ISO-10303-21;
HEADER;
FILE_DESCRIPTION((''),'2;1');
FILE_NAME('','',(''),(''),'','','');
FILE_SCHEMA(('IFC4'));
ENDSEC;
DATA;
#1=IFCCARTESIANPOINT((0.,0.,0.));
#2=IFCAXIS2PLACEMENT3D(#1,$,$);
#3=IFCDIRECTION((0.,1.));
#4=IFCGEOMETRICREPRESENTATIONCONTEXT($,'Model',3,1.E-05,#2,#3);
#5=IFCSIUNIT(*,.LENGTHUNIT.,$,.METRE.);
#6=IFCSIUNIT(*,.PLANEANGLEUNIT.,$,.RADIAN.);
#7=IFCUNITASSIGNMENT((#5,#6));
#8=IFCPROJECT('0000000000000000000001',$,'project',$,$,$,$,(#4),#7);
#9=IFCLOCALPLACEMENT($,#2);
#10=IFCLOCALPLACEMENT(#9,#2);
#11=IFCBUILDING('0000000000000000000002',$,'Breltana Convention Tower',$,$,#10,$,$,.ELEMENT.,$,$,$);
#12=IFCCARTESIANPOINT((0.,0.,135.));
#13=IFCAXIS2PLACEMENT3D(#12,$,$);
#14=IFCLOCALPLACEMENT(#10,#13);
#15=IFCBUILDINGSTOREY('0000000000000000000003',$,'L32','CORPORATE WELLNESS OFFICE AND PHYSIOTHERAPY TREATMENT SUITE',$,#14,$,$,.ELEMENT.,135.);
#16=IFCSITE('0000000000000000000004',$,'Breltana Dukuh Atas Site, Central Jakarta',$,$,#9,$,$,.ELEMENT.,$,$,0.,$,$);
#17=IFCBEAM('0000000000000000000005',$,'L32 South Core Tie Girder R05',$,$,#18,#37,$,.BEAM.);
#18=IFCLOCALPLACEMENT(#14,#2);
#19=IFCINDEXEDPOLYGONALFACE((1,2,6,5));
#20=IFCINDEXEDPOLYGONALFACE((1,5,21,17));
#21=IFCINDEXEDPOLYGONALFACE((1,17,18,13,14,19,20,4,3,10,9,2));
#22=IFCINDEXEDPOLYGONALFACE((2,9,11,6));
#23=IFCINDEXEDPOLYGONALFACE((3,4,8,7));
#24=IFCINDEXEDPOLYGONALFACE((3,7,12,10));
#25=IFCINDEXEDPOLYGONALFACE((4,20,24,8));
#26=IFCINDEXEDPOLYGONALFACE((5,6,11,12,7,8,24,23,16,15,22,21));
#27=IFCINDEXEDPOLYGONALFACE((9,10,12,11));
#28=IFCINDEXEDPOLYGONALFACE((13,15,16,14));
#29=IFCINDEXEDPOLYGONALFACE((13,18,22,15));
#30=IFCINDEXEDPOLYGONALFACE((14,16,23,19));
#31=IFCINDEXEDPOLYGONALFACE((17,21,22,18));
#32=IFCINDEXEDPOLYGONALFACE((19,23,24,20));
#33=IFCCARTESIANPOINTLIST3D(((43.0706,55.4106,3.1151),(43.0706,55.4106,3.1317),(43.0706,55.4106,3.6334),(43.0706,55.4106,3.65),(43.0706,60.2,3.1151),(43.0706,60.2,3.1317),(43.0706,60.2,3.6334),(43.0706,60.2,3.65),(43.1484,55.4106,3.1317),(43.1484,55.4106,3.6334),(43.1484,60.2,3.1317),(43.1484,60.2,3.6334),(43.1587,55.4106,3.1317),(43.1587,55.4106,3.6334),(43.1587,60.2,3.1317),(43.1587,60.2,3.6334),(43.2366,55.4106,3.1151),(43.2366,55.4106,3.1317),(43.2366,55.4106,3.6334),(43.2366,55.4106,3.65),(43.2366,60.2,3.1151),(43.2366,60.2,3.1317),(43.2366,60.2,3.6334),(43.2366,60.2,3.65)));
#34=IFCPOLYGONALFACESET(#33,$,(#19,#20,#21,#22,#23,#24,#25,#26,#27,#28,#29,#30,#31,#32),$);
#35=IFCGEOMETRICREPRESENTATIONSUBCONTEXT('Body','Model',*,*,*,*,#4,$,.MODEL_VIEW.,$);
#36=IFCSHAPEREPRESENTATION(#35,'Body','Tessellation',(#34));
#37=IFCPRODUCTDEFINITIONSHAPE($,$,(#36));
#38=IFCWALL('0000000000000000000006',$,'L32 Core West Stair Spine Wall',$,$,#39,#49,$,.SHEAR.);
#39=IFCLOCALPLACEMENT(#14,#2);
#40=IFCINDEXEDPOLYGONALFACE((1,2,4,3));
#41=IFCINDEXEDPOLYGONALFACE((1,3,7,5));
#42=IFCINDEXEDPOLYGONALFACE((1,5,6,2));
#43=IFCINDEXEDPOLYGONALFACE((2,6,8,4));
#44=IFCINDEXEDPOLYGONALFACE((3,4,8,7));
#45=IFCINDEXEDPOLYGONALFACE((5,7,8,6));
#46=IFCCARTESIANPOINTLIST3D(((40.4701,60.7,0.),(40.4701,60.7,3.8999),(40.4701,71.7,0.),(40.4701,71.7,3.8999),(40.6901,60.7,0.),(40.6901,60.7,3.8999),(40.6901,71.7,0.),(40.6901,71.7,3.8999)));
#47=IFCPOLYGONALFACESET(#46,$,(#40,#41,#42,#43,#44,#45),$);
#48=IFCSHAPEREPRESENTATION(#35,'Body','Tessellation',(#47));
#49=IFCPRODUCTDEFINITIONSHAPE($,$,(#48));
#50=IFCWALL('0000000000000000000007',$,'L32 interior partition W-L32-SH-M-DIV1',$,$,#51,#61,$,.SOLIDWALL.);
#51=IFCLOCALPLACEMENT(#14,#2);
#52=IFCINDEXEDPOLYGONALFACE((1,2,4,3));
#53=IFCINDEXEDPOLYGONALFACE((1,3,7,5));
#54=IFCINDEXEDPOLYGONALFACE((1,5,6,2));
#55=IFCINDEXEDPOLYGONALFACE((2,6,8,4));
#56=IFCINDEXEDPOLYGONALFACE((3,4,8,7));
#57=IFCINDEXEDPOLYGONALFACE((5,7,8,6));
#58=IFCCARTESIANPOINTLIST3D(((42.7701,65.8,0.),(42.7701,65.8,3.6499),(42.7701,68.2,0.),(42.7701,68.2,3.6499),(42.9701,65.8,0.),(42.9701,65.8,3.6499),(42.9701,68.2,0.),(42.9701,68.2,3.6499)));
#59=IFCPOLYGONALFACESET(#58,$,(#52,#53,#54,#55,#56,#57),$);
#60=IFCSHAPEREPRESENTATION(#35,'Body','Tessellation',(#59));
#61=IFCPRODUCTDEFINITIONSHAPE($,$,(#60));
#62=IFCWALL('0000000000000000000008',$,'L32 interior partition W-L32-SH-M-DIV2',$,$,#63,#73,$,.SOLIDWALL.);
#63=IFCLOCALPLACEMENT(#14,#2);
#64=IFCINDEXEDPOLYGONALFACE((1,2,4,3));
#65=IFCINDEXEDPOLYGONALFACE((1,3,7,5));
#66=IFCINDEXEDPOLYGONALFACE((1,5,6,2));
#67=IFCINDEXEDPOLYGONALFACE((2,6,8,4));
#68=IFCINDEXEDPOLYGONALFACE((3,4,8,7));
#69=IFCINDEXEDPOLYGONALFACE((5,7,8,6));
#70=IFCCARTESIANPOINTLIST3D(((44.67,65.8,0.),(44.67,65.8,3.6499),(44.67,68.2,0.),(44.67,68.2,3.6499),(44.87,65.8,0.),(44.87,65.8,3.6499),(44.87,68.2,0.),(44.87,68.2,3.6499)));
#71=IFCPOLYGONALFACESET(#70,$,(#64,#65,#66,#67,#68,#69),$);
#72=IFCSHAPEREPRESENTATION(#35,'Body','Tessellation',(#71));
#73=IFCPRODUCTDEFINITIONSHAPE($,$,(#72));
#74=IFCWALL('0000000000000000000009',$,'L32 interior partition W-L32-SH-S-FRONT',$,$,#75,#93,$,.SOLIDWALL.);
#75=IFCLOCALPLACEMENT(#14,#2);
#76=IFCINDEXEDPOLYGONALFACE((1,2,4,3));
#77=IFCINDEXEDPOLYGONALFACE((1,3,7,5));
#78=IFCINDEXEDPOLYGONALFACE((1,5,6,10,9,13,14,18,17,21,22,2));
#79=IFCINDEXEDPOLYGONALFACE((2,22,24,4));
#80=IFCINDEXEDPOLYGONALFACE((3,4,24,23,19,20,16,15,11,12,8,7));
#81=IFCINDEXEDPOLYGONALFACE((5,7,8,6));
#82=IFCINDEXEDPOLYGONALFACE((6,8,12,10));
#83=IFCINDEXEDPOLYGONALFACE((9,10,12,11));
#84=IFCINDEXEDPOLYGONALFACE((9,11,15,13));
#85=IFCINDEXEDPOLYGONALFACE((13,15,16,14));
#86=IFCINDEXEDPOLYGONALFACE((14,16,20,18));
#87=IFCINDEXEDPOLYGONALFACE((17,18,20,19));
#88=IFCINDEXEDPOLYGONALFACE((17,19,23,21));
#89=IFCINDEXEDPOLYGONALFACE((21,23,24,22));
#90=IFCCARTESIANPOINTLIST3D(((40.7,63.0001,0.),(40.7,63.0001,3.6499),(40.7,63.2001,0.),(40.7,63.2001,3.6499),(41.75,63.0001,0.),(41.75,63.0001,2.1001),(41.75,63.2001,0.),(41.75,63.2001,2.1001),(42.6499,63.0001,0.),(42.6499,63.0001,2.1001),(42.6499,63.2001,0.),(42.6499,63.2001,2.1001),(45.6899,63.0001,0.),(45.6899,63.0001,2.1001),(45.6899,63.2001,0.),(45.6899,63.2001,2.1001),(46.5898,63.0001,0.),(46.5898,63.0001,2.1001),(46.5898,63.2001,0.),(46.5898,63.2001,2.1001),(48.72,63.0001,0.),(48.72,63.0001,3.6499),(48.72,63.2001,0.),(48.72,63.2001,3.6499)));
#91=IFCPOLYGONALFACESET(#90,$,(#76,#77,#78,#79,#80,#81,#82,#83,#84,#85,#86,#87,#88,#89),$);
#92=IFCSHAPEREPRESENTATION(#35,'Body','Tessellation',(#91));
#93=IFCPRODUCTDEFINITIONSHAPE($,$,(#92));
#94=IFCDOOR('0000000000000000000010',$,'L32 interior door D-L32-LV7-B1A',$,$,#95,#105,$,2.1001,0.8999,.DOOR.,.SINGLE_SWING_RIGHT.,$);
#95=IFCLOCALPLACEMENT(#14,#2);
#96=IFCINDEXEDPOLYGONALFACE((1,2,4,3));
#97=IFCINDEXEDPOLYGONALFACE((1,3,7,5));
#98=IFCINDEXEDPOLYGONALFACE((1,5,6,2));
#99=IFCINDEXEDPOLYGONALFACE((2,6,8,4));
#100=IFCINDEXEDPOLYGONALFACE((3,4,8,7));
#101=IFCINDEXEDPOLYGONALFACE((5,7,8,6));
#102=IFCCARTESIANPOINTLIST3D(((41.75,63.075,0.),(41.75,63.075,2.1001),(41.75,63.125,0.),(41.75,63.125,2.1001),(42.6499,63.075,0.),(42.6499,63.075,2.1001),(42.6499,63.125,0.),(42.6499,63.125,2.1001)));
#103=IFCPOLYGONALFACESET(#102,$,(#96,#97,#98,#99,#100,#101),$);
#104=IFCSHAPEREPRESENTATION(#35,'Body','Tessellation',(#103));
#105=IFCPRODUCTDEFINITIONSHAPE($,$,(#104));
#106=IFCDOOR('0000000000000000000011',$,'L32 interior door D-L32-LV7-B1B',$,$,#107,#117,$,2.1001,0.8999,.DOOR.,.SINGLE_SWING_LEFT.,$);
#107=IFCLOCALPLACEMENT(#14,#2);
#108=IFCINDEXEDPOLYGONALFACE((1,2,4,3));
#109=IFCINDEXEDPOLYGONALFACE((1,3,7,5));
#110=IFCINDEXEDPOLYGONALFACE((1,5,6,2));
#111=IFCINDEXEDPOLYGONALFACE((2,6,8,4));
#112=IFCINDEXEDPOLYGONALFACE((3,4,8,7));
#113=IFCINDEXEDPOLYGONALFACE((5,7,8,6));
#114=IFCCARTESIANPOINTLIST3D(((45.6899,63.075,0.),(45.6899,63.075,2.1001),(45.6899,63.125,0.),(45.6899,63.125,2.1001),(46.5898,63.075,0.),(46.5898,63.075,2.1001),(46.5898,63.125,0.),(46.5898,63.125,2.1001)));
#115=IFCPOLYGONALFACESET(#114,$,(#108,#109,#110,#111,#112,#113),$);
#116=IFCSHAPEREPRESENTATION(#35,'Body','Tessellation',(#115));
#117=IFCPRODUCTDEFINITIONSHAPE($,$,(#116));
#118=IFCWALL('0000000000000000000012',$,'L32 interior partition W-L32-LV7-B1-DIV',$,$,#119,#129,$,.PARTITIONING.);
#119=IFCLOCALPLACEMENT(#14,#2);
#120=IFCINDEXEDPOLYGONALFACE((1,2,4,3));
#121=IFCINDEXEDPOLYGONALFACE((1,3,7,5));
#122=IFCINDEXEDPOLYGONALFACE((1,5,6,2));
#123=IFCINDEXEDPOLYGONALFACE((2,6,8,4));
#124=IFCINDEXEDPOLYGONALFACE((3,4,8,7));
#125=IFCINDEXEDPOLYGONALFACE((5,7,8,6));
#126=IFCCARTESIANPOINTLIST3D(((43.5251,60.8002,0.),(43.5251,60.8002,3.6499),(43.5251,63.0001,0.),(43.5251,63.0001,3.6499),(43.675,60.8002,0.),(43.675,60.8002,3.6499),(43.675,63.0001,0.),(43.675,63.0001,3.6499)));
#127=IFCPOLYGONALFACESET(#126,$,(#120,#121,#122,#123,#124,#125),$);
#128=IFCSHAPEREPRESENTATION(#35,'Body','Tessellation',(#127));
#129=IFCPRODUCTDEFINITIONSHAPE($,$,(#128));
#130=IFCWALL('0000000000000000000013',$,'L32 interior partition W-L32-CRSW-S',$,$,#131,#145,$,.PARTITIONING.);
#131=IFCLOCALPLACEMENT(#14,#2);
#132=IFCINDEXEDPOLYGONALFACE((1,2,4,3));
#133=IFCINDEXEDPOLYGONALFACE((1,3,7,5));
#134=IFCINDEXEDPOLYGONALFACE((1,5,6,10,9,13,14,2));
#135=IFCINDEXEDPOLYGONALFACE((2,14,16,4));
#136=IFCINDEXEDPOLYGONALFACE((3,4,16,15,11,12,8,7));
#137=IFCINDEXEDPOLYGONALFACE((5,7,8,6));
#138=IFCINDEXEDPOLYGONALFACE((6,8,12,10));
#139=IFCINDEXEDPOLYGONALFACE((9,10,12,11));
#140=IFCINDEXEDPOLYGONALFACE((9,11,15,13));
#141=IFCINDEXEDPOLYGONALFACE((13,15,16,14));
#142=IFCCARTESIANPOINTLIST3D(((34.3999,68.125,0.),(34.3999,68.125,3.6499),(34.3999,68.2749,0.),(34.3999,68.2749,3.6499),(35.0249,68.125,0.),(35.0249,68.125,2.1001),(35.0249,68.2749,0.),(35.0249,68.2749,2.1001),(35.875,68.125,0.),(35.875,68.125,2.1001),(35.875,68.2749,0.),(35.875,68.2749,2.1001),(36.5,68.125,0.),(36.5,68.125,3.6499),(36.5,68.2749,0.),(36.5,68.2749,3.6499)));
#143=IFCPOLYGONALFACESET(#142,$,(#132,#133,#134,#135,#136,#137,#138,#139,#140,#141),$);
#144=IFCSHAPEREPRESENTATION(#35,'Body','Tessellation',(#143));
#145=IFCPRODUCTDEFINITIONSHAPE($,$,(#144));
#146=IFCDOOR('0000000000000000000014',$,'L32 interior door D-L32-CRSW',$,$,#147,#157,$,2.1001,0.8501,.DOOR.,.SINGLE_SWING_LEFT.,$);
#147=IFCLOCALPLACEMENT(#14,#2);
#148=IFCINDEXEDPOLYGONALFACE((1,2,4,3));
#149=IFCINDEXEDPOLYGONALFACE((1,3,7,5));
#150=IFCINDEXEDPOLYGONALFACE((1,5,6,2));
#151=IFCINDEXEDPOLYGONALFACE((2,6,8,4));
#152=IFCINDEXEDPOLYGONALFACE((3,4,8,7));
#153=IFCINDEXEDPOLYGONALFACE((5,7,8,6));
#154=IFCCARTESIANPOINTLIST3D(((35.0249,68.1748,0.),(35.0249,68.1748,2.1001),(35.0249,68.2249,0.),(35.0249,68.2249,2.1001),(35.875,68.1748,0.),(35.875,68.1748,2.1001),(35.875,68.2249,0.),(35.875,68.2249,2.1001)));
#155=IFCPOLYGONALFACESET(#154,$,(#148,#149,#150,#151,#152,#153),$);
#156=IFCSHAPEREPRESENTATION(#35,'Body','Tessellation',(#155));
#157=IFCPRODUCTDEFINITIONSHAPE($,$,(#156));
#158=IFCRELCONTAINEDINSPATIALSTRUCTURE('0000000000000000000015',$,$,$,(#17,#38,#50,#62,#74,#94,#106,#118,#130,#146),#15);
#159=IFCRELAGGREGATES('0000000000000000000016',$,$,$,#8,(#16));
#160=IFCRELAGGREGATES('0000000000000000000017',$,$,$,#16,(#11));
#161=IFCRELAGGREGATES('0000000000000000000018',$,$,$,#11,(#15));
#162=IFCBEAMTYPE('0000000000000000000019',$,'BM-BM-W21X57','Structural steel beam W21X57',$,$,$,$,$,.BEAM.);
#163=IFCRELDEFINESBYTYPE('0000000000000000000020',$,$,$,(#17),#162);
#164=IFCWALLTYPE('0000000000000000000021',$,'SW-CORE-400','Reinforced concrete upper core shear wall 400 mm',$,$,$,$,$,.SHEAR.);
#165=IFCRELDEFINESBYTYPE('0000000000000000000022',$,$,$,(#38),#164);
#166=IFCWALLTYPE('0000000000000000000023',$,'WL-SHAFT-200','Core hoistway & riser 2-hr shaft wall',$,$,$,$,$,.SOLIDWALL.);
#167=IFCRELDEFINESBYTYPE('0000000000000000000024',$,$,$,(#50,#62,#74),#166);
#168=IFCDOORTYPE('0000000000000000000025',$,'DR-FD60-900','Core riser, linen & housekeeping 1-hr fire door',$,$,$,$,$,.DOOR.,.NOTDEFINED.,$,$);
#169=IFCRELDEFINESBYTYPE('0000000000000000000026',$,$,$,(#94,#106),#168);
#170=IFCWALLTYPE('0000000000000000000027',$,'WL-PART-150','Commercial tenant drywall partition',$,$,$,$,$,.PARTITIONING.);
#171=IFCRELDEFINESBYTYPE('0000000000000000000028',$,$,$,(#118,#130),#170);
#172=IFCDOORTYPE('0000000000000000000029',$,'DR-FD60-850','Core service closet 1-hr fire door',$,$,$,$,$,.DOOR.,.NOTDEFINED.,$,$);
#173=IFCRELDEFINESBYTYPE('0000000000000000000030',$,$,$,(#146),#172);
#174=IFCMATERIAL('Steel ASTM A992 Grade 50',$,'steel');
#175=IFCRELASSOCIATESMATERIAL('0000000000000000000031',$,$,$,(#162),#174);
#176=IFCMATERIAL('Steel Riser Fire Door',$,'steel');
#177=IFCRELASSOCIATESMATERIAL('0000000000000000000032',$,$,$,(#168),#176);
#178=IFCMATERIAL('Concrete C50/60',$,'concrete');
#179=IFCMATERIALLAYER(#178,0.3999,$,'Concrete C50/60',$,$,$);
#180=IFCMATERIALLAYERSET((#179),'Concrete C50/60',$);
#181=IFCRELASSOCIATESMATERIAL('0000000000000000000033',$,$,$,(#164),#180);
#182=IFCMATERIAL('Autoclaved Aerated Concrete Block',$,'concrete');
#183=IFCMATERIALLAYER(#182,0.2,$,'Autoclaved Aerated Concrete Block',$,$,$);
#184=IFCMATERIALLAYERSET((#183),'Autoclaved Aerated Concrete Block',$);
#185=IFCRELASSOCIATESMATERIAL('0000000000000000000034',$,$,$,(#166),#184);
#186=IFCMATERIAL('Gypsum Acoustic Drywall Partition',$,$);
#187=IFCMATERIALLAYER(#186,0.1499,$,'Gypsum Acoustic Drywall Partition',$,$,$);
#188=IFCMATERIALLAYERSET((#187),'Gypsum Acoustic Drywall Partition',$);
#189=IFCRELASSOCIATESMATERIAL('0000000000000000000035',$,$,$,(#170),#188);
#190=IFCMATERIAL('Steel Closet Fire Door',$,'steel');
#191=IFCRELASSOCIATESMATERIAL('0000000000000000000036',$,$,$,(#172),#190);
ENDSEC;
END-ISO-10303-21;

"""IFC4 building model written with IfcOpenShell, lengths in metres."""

from ifc_helpers import new_model, si_unit, direction, frame, frame_2d, origin, origin_2d, place, context, subcontext, project, spatial, rectangle, i_section, extrude, source, transform, mapped, material, layer, layer_set, material_profile, profile_set, type_object, type_shapes, element, fill, save


model = new_model("IFC4")

# Units and contexts
model_context = context("Model", 3, precision=1e-05, world=origin(), true_north=direction((0.0, 1.0)))
body_context = subcontext(model_context, "Body", "Model", "MODEL_VIEW")
ifc_project = project(units=[si_unit("LENGTHUNIT", "METRE"), si_unit("PLANEANGLEUNIT", "RADIAN")], contexts=[model_context])

# Site, building, storey
site_placement = place(None, origin())
site = spatial("IfcSite", under=ifc_project, at=site_placement, Name="Breltana Dukuh Atas Site, Central Jakarta", CompositionType="ELEMENT", RefElevation=0.0)
building_placement = place(site_placement, origin())
building = spatial("IfcBuilding", under=site, at=building_placement, Name="Breltana Convention Tower", CompositionType="ELEMENT")
storey_placement = place(building_placement, frame((0.0, 0.0, 135.0)))
storey = spatial("IfcBuildingStorey", under=building, at=storey_placement, Name="L32", Description="CORPORATE WELLNESS OFFICE AND PHYSIOTHERAPY TREATMENT SUITE", CompositionType="ELEMENT", Elevation=135.0)

# Beam
ifc_material_1 = material(Name="Steel ASTM A992 Grade 50", Category="steel")
ifc_material_profile = material_profile(ifc_material_1, i_section(OverallWidth=0.166, OverallDepth=0.5349, WebThickness=0.0103, FlangeThickness=0.0166, at=origin_2d()), Name="W21X57")
ifc_profile_set = profile_set([ifc_material_profile], Name="Steel ASTM A992 Grade 50")
beam_type = type_object("IfcBeamType", Name="BM-BM-W21X57", Description="Structural steel beam W21X57", PredefinedType="BEAM", material=ifc_profile_set)
shared_shape_1 = source(origin(), body_context, "Body", "SweptSolid", [
    extrude(i_section(OverallWidth=0.166, OverallDepth=0.5349, WebThickness=0.0103, FlangeThickness=0.0166, at=origin_2d()), origin(), (0.0, 0.0, 1.0), 4.7893),
])
beam_placement = place(storey_placement, frame((43.1536, 60.2, 3.3826), z_axis=(0.0, -1.0, 0.0), x_axis=(1.0, 0.0, 0.0)))
element("IfcBeam", 1, at=beam_placement, inside=storey, type_object=beam_type, Name="L32 South Core Tie Girder R05", PredefinedType="BEAM", context=body_context, shape_type="MappedRepresentation", body=[
    mapped(shared_shape_1, transform((0.0, 0.0, 0.0), scale=1.0)),
])

# Shared definitions
ifc_material_2 = material(Name="Steel Riser Fire Door", Category="steel")
door_type_1 = type_object("IfcDoorType", Name="DR-FD60-900", Description="Core riser, linen & housekeeping 1-hr fire door", OperationType="NOTDEFINED", PredefinedType="DOOR", material=ifc_material_2)
shared_shape_2 = source(origin(), body_context, "Body", "SweptSolid", [
    extrude(rectangle(XDim=0.8999, YDim=2.1001, at=frame_2d((0.45, 1.05))), frame((0.0, 0.0249, 0.0), z_axis=(0.0, -1.0, 0.0), x_axis=(1.0, 0.0, 0.0)), (0.0, 0.0, 1.0), 0.05),
])
type_shapes(door_type_1, [shared_shape_2])

# Walls
ifc_material_3 = material(Name="Concrete C50/60", Category="concrete")
ifc_layer_1 = layer(ifc_material_3, 0.3999, Name="Concrete C50/60")
ifc_layer_set_1 = layer_set([ifc_layer_1], Name="Concrete C50/60")
wall_type_1 = type_object("IfcWallType", Name="SW-CORE-400", Description="Reinforced concrete upper core shear wall 400 mm", PredefinedType="SHEAR", material=ifc_layer_set_1)
shared_shape_3 = source(origin(), body_context, "Body", "SweptSolid", [
    extrude(rectangle(XDim=11.0, YDim=0.22, at=frame_2d((5.5, 0.0))), origin(), (0.0, 0.0, 1.0), 3.8999),
])
wall_1_placement = place(storey_placement, frame((40.5801, 60.7, 0.0), z_axis=(0.0, 0.0, 1.0), x_axis=(0.0, 1.0, 0.0)))
element("IfcWall", 2, at=wall_1_placement, inside=storey, type_object=wall_type_1, Name="L32 Core West Stair Spine Wall", PredefinedType="SHEAR", context=body_context, shape_type="MappedRepresentation", body=[
    mapped(shared_shape_3, transform((0.0, 0.0, 0.0), scale=1.0)),
])
ifc_material_4 = material(Name="Autoclaved Aerated Concrete Block", Category="concrete")
ifc_layer_2 = layer(ifc_material_4, 0.2, Name="Autoclaved Aerated Concrete Block")
ifc_layer_set_2 = layer_set([ifc_layer_2], Name="Autoclaved Aerated Concrete Block")
wall_type_2 = type_object("IfcWallType", Name="WL-SHAFT-200", Description="Core hoistway & riser 2-hr shaft wall", PredefinedType="SOLIDWALL", material=ifc_layer_set_2)
shared_shape_4 = source(origin(), body_context, "Body", "SweptSolid", [
    extrude(rectangle(XDim=2.3999, YDim=0.2, at=frame_2d((1.2, 0.0))), origin(), (0.0, 0.0, 1.0), 3.6499),
])
for number, where, z_axis, x_axis, name in (
    (3, (42.8701, 65.8, 0.0), (0.0, 0.0, 1.0), (0.0, 1.0, 0.0), "L32 interior partition W-L32-SH-M-DIV1"),
    (4, (44.77, 65.8, 0.0), (0.0, 0.0, 1.0), (0.0, 1.0, 0.0), "L32 interior partition W-L32-SH-M-DIV2"),
):
    element("IfcWall", number, at=place(storey_placement, frame(where, z_axis=z_axis, x_axis=x_axis)), inside=storey, type_object=wall_type_2, Name=name, PredefinedType="SOLIDWALL", context=body_context, shape_type="MappedRepresentation", body=[
        mapped(shared_shape_4, transform((0.0, 0.0, 0.0), scale=1.0)),
    ])

# Wall, openings, doors
shared_shape_5 = source(origin(), body_context, "Body", "SweptSolid", [
    extrude(rectangle(XDim=8.02, YDim=0.2, at=frame_2d((4.01, 0.0))), origin(), (0.0, 0.0, 1.0), 3.6499),
])
wall_2_placement = place(storey_placement, frame((40.7, 63.1001, 0.0), z_axis=(0.0, 0.0, 1.0), x_axis=(1.0, 0.0, 0.0)))
wall_2 = element("IfcWall", 5, at=wall_2_placement, inside=storey, type_object=wall_type_2, Name="L32 interior partition W-L32-SH-S-FRONT", PredefinedType="SOLIDWALL", context=body_context, shape_type="MappedRepresentation", body=[
    mapped(shared_shape_5, transform((0.0, 0.0, 0.0), scale=1.0)),
])
opening_1_placement = place(wall_2_placement, frame((1.05, 0.0, 0.0)))
opening_1 = element("IfcOpeningElement", 6, at=opening_1_placement, cuts=wall_2, PredefinedType="OPENING", context=body_context, shape_type="SweptSolid", body=[
    extrude(rectangle(XDim=0.8999, YDim=2.1001, at=frame_2d((0.45, 1.05))), frame((0.0, 0.1099, 0.0), z_axis=(0.0, -1.0, 0.0), x_axis=(1.0, 0.0, 0.0)), (0.0, 0.0, 1.0), 0.22),
])
opening_2_placement = place(wall_2_placement, frame((4.99, 0.0, 0.0)))
opening_2 = element("IfcOpeningElement", 7, at=opening_2_placement, cuts=wall_2, PredefinedType="OPENING", context=body_context, shape_type="SweptSolid", body=[
    extrude(rectangle(XDim=0.8999, YDim=2.1001, at=frame_2d((0.45, 1.05))), frame((0.0, 0.1099, 0.0), z_axis=(0.0, -1.0, 0.0), x_axis=(1.0, 0.0, 0.0)), (0.0, 0.0, 1.0), 0.22),
])
door_1_placement = place(opening_1_placement, origin())
door_1 = element("IfcDoor", 8, at=door_1_placement, inside=storey, type_object=door_type_1, Name="L32 interior door D-L32-LV7-B1A", OperationType="SINGLE_SWING_RIGHT", OverallHeight=2.1001, OverallWidth=0.8999, PredefinedType="DOOR", context=body_context, shape_type="MappedRepresentation", body=[
    mapped(shared_shape_2, transform((0.0, 0.0, 0.0), scale=1.0)),
])
fill(opening_1, door_1)
door_2_placement = place(opening_2_placement, origin())
door_2 = element("IfcDoor", 9, at=door_2_placement, inside=storey, type_object=door_type_1, Name="L32 interior door D-L32-LV7-B1B", OperationType="SINGLE_SWING_LEFT", OverallHeight=2.1001, OverallWidth=0.8999, PredefinedType="DOOR", context=body_context, shape_type="MappedRepresentation", body=[
    mapped(shared_shape_2, transform((0.0, 0.0, 0.0), scale=1.0)),
])
fill(opening_2, door_2)

# Wall
ifc_material_5 = material(Name="Gypsum Acoustic Drywall Partition")
ifc_layer_3 = layer(ifc_material_5, 0.1499, Name="Gypsum Acoustic Drywall Partition")
ifc_layer_set_3 = layer_set([ifc_layer_3], Name="Gypsum Acoustic Drywall Partition")
wall_type_3 = type_object("IfcWallType", Name="WL-PART-150", Description="Commercial tenant drywall partition", PredefinedType="PARTITIONING", material=ifc_layer_set_3)
shared_shape_6 = source(origin(), body_context, "Body", "SweptSolid", [
    extrude(rectangle(XDim=2.2, YDim=0.1499, at=frame_2d((1.1001, 0.0))), origin(), (0.0, 0.0, 1.0), 3.6499),
])
wall_3_placement = place(storey_placement, frame((43.6001, 60.8, 0.0), z_axis=(0.0, 0.0, 1.0), x_axis=(0.0, 1.0, 0.0)))
element("IfcWall", 10, at=wall_3_placement, inside=storey, type_object=wall_type_3, Name="L32 interior partition W-L32-LV7-B1-DIV", PredefinedType="PARTITIONING", context=body_context, shape_type="MappedRepresentation", body=[
    mapped(shared_shape_6, transform((0.0, 0.0, 0.0), scale=1.0)),
])

# Wall, opening, door
shared_shape_7 = source(origin(), body_context, "Body", "SweptSolid", [
    extrude(rectangle(XDim=2.1001, YDim=0.1499, at=frame_2d((1.05, 0.0))), origin(), (0.0, 0.0, 1.0), 3.6499),
])
wall_4_placement = place(storey_placement, frame((34.3999, 68.2, 0.0), z_axis=(0.0, 0.0, 1.0), x_axis=(1.0, 0.0, 0.0)))
wall_4 = element("IfcWall", 11, at=wall_4_placement, inside=storey, type_object=wall_type_3, Name="L32 interior partition W-L32-CRSW-S", PredefinedType="PARTITIONING", context=body_context, shape_type="MappedRepresentation", body=[
    mapped(shared_shape_7, transform((0.0, 0.0, 0.0), scale=1.0)),
])
opening_3_placement = place(wall_4_placement, frame((0.625, 0.0, 0.0)))
opening_3 = element("IfcOpeningElement", 12, at=opening_3_placement, cuts=wall_4, PredefinedType="OPENING", context=body_context, shape_type="SweptSolid", body=[
    extrude(rectangle(XDim=0.8501, YDim=2.1001, at=frame_2d((0.425, 1.05))), frame((0.0, 0.085, 0.0), z_axis=(0.0, -1.0, 0.0), x_axis=(1.0, 0.0, 0.0)), (0.0, 0.0, 1.0), 0.1699),
])
ifc_material_6 = material(Name="Steel Closet Fire Door", Category="steel")
door_type_2 = type_object("IfcDoorType", Name="DR-FD60-850", Description="Core service closet 1-hr fire door", OperationType="NOTDEFINED", PredefinedType="DOOR", material=ifc_material_6)
shared_shape_8 = source(origin(), body_context, "Body", "SweptSolid", [
    extrude(rectangle(XDim=0.8501, YDim=2.1001, at=frame_2d((0.425, 1.05))), frame((0.0, 0.0249, 0.0), z_axis=(0.0, -1.0, 0.0), x_axis=(1.0, 0.0, 0.0)), (0.0, 0.0, 1.0), 0.05),
])
type_shapes(door_type_2, [shared_shape_8])
door_3_placement = place(opening_3_placement, origin())
door_3 = element("IfcDoor", 13, at=door_3_placement, inside=storey, type_object=door_type_2, Name="L32 interior door D-L32-CRSW", OperationType="SINGLE_SWING_LEFT", OverallHeight=2.1001, OverallWidth=0.8501, PredefinedType="DOOR", context=body_context, shape_type="MappedRepresentation", body=[
    mapped(shared_shape_8, transform((0.0, 0.0, 0.0), scale=1.0)),
])
fill(opening_3, door_3)

save(model, "model.ifc")
